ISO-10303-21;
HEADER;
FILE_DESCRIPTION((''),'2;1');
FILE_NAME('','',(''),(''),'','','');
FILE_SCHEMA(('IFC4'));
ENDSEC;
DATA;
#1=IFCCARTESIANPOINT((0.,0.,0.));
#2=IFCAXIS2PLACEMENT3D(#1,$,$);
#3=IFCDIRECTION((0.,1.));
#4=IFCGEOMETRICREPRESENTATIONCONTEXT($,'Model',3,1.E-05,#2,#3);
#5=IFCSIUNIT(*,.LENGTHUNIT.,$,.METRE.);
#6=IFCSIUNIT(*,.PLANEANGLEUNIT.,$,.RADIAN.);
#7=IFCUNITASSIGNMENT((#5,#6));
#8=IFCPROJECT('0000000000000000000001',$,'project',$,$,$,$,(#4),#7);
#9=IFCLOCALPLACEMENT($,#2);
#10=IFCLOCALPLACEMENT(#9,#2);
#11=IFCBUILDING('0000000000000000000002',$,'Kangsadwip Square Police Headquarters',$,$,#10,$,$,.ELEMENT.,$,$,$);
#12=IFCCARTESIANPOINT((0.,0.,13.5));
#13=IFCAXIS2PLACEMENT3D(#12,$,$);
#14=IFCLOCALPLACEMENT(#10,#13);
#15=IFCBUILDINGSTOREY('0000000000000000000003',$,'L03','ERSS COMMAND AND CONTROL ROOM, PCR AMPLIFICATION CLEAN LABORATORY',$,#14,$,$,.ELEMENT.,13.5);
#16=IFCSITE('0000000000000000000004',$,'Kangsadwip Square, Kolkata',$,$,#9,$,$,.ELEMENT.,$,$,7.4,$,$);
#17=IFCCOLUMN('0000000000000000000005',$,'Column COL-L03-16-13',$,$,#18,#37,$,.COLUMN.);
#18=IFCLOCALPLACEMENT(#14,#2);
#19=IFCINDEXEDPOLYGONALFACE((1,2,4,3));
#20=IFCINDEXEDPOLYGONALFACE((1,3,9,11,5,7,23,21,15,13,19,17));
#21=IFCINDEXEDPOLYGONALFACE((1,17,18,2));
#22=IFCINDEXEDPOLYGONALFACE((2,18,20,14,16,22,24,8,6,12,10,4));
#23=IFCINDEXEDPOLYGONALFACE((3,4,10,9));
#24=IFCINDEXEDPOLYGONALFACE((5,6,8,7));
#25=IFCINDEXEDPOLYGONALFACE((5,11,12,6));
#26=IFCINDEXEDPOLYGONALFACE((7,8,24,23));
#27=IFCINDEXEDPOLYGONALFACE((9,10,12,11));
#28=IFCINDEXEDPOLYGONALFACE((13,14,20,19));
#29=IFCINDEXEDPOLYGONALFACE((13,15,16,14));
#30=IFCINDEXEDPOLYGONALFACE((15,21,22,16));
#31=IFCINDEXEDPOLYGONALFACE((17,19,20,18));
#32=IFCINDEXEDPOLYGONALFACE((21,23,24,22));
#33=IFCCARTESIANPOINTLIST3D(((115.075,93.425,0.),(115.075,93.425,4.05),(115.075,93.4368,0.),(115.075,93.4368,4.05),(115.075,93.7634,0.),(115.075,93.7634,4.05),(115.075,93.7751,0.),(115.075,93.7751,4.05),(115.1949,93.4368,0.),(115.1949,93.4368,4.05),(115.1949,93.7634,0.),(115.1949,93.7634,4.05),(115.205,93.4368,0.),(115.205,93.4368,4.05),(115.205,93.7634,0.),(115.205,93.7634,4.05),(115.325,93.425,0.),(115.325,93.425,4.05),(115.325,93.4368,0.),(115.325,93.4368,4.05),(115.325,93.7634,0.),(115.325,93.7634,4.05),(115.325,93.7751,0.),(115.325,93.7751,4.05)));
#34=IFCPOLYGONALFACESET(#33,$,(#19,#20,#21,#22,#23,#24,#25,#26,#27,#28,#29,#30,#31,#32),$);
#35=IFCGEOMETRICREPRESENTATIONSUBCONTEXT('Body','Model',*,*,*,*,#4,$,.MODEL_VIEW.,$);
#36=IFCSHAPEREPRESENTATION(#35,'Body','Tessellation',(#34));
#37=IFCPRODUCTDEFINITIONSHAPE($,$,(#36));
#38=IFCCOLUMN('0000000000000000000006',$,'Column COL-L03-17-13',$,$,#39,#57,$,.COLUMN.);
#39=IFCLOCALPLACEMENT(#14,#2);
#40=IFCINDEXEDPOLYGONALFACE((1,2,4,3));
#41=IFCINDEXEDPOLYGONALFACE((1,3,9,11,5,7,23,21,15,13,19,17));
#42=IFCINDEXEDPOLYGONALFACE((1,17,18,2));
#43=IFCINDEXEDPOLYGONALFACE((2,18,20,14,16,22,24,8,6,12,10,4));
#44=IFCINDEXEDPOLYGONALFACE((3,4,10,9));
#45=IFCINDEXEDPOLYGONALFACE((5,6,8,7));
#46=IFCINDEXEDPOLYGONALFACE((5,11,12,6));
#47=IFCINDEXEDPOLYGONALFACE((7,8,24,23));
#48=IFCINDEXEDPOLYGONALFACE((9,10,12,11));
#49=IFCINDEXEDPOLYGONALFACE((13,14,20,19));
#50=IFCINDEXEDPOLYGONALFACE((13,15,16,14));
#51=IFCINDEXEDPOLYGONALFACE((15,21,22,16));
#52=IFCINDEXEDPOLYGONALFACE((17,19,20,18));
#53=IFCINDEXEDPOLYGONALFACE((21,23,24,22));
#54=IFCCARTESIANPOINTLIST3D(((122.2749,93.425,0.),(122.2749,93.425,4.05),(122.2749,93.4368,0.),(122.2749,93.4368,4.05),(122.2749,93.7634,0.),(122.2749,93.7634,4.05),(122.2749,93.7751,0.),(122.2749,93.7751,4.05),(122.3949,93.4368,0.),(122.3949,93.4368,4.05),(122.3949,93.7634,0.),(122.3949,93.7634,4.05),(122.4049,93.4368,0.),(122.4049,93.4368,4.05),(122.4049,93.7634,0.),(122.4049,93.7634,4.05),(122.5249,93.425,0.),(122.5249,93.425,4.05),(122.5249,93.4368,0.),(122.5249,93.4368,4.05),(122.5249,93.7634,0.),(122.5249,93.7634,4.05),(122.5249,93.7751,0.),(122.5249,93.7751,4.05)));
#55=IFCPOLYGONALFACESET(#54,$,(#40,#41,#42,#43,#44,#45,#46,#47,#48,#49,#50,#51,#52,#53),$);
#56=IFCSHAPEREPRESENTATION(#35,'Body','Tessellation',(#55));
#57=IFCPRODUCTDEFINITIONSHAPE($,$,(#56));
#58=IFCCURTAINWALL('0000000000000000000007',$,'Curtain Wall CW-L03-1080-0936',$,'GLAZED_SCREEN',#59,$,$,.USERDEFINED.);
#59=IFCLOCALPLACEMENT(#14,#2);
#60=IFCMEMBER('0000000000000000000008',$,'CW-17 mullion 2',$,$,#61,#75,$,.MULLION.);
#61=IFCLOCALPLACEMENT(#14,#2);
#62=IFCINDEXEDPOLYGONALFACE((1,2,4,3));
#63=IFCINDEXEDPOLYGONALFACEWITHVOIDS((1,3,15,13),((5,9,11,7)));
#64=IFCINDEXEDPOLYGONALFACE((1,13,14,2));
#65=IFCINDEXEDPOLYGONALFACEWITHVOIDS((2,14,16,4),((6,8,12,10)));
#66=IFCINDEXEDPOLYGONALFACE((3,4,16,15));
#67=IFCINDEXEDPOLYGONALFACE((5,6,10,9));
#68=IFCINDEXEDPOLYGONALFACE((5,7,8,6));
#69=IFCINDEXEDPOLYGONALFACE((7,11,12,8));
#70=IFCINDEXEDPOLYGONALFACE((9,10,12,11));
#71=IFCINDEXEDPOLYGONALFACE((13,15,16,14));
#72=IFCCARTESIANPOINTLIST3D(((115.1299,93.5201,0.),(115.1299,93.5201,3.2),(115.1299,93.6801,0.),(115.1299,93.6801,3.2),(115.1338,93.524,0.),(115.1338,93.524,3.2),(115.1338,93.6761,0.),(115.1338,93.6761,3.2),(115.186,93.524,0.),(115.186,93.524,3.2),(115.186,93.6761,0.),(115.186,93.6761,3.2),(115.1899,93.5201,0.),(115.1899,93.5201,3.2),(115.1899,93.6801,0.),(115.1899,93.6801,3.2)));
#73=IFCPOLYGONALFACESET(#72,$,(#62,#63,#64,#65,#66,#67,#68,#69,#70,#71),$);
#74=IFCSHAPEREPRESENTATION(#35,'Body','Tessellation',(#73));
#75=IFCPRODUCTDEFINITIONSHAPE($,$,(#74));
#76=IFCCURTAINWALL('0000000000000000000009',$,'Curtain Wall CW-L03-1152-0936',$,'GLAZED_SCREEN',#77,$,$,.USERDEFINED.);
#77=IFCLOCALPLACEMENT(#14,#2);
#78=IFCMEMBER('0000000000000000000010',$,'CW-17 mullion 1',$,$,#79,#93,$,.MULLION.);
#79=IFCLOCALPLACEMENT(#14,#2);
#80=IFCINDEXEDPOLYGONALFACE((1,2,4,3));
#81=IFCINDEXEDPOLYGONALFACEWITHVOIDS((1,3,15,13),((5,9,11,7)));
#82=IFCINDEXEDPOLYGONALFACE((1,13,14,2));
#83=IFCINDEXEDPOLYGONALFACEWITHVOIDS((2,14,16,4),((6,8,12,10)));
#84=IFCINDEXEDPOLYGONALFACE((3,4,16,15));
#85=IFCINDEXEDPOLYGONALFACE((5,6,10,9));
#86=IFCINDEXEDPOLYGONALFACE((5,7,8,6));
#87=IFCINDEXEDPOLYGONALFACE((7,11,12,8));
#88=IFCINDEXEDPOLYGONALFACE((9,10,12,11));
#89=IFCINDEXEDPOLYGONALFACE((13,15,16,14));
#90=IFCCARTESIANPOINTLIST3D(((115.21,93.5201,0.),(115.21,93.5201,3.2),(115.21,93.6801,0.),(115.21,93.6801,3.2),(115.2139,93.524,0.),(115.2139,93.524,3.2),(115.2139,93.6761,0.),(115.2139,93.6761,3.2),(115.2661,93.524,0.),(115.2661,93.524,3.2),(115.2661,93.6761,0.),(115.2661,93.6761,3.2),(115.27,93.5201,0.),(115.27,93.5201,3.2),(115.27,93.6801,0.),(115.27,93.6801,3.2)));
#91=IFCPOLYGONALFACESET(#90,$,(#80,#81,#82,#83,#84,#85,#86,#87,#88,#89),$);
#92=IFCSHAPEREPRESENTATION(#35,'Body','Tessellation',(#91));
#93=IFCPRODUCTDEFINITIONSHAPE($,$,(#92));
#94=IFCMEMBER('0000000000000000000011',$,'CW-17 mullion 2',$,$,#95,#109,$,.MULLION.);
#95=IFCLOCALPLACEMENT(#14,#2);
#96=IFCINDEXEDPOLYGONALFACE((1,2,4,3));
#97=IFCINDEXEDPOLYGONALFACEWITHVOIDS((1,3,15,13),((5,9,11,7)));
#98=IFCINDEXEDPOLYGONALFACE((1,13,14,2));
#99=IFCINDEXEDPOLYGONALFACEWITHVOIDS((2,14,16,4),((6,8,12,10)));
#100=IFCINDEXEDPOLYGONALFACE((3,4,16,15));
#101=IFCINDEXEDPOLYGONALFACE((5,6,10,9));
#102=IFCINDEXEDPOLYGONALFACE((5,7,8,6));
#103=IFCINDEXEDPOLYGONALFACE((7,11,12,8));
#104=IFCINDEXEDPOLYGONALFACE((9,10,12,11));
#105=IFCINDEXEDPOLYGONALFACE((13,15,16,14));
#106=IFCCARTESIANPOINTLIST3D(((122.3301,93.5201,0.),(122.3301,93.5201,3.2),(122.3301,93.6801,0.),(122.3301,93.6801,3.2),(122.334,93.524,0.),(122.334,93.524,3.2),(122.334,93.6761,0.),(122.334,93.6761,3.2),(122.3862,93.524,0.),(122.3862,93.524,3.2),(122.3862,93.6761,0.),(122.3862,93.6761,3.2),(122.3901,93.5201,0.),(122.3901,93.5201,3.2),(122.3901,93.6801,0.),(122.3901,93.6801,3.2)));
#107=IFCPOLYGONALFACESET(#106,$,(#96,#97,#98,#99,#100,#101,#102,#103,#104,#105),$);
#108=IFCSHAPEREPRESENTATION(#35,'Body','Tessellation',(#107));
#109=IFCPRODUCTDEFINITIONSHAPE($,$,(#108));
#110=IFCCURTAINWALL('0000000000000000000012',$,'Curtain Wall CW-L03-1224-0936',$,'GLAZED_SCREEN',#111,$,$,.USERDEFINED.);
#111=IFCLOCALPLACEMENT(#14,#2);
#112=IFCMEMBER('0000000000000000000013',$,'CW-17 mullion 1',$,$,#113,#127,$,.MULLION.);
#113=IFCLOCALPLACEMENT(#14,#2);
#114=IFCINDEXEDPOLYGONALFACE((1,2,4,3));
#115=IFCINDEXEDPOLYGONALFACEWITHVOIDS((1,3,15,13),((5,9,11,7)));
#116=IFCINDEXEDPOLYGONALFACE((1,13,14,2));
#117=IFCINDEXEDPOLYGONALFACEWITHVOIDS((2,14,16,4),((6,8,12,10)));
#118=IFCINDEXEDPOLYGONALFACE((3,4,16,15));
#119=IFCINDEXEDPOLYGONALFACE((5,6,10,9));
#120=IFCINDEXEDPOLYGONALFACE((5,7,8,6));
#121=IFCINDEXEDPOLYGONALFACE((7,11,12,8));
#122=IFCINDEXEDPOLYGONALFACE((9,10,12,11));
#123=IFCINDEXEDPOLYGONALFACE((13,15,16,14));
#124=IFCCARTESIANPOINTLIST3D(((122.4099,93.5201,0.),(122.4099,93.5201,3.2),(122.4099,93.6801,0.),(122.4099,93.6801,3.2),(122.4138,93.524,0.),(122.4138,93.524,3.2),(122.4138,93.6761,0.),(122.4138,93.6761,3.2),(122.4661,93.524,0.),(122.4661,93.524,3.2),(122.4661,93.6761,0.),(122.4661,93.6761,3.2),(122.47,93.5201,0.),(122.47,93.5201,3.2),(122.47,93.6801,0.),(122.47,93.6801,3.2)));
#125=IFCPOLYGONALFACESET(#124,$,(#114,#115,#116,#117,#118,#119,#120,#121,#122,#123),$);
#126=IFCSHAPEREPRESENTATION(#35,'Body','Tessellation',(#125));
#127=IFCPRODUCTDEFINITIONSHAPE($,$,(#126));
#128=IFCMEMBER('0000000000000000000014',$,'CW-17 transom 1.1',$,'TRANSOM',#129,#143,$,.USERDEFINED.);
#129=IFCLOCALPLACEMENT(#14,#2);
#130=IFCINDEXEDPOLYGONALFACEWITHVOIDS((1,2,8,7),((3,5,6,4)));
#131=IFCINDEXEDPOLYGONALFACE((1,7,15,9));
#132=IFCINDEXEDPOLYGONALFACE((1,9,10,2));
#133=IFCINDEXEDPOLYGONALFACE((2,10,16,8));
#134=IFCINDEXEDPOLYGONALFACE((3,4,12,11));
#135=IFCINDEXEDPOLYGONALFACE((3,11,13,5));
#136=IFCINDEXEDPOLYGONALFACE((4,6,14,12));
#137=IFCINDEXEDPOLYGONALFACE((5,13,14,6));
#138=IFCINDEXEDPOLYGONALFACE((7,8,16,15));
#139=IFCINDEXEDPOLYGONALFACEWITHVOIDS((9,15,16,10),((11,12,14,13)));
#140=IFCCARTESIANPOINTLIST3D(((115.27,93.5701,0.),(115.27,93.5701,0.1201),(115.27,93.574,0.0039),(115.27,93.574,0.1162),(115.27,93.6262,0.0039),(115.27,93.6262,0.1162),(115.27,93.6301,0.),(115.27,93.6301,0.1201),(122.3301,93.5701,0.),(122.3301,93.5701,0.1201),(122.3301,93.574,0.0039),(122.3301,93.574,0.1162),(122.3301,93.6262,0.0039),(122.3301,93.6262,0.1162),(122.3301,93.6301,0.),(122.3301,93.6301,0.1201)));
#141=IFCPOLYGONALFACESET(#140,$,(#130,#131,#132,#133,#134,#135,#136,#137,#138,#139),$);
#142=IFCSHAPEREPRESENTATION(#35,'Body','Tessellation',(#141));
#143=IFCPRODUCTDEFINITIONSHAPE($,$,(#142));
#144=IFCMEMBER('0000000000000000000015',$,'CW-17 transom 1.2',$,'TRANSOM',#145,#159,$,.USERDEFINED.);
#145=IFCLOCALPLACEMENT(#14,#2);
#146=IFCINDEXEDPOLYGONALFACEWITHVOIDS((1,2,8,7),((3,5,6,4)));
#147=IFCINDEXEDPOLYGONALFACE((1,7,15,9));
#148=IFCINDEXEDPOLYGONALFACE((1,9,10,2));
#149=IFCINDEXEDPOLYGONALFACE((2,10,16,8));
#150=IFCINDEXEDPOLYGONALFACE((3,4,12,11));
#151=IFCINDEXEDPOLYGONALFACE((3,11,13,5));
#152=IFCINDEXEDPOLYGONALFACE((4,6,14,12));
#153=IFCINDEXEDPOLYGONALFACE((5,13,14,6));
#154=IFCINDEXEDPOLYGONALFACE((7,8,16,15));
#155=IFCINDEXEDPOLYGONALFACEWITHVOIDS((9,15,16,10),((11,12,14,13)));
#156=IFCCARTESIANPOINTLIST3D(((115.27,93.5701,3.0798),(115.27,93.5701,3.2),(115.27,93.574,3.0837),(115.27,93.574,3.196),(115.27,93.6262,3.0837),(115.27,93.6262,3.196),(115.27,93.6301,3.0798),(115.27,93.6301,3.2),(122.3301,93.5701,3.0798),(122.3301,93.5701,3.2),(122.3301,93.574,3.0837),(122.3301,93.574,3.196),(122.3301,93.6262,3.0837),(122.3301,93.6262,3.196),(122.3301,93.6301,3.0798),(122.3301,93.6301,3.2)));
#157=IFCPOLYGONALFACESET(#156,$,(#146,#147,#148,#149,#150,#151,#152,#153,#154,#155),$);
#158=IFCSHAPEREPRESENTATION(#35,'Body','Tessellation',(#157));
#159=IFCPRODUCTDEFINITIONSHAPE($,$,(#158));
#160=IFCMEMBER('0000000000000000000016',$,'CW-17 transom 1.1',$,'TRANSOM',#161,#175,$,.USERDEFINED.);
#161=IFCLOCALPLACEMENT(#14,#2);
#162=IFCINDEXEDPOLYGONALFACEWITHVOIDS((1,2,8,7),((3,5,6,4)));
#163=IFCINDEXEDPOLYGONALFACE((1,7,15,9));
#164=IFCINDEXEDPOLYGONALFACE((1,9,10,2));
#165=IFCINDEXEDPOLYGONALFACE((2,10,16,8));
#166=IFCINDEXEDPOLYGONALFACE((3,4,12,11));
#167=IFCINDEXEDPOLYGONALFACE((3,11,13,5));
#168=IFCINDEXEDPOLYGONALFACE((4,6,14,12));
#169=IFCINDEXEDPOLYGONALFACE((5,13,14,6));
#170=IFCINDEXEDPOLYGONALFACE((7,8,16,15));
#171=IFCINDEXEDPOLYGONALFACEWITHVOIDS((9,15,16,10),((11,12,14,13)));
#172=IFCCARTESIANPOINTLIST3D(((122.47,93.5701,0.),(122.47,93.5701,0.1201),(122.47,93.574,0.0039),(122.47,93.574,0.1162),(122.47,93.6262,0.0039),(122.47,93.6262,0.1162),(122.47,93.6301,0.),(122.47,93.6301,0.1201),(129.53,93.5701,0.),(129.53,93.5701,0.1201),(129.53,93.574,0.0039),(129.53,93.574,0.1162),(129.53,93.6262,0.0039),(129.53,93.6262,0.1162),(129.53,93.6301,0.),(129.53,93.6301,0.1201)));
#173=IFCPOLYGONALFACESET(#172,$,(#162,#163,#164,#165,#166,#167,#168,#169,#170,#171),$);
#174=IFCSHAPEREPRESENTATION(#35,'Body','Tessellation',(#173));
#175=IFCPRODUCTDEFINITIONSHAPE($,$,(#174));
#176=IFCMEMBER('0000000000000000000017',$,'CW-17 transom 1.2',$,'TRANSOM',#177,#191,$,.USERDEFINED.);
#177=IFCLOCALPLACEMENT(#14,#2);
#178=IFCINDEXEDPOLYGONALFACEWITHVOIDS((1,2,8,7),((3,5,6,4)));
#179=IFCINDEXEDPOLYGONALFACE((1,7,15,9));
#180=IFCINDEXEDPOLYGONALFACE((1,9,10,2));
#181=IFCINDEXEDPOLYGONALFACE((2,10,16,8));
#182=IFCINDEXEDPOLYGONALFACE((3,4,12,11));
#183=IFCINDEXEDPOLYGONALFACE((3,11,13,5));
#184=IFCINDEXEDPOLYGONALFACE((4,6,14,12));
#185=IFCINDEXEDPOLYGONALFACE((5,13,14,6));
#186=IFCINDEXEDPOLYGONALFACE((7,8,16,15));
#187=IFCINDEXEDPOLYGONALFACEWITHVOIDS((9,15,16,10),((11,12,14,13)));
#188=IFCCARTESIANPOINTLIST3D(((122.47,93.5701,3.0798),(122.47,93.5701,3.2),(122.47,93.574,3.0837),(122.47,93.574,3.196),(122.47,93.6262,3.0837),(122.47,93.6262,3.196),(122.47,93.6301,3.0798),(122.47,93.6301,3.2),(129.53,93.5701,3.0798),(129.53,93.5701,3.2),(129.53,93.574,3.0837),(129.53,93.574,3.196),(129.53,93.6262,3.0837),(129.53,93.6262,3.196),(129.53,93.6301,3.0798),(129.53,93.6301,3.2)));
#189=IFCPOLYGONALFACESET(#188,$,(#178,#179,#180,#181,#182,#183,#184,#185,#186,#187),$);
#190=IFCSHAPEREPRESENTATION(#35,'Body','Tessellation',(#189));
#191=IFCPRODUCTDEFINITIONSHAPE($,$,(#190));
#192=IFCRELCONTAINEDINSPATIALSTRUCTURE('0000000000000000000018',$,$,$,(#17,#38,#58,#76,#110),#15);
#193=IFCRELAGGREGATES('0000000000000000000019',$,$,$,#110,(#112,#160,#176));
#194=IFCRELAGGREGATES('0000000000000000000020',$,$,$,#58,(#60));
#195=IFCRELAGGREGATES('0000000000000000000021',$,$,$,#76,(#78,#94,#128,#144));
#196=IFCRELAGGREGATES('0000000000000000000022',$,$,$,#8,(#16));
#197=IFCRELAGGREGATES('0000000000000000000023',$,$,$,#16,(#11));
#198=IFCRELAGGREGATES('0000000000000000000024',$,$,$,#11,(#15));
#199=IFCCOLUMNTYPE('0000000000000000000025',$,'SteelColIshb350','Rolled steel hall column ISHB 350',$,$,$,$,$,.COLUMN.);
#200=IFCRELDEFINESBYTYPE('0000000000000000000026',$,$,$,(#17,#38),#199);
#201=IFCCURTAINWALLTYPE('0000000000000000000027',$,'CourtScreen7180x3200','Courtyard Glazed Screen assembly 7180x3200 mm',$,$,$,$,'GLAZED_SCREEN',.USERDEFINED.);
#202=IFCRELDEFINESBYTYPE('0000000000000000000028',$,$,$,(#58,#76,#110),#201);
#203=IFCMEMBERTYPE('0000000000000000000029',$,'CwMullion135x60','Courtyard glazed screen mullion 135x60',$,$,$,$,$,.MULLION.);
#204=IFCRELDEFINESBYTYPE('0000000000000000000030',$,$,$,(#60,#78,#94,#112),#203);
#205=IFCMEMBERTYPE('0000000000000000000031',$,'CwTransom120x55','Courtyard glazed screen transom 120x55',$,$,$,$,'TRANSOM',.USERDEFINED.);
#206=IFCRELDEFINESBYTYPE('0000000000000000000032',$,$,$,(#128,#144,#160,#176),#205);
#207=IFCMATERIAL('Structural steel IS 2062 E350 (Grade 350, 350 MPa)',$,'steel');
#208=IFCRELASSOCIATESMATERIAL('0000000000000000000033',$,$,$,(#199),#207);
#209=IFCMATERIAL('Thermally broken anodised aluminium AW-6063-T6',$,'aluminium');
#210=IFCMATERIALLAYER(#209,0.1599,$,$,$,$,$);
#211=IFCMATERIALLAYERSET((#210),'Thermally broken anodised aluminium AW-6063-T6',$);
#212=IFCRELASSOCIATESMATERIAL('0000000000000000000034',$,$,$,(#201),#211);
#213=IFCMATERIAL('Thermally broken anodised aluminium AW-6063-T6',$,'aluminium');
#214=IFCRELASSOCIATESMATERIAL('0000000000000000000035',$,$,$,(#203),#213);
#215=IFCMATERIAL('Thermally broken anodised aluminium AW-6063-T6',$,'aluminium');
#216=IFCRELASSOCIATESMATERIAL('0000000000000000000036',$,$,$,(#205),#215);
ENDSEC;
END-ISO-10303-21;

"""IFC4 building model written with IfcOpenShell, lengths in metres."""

from ifc_helpers import new_model, si_unit, direction, frame, origin, origin_2d, place, context, subcontext, project, spatial, hollow_rectangle, i_section, extrude, material, layer, layer_set, material_profile, profile_set, type_object, element, aggregate, save


model = new_model("IFC4")

# Units and contexts
model_context = context("Model", 3, precision=1e-05, world=origin(), true_north=direction((0.0, 1.0)))
body_context = subcontext(model_context, "Body", "Model", "MODEL_VIEW")
ifc_project = project(units=[si_unit("LENGTHUNIT", "METRE"), si_unit("PLANEANGLEUNIT", "RADIAN")], contexts=[model_context])

# Site, building, storey
site_placement = place(None, origin())
site = spatial("IfcSite", under=ifc_project, at=site_placement, Name="Kangsadwip Square, Kolkata", CompositionType="ELEMENT", RefElevation=7.4)
building_placement = place(site_placement, origin())
building = spatial("IfcBuilding", under=site, at=building_placement, Name="Kangsadwip Square Police Headquarters", CompositionType="ELEMENT")
storey_placement = place(building_placement, frame((0.0, 0.0, 13.5)))
storey = spatial("IfcBuildingStorey", under=building, at=storey_placement, Name="L03", Description="ERSS COMMAND AND CONTROL ROOM, PCR AMPLIFICATION CLEAN LABORATORY", CompositionType="ELEMENT", Elevation=13.5)

# Columns
ifc_material_1 = material(Name="Structural steel IS 2062 E350 (Grade 350, 350 MPa)", Category="steel")
ifc_material_profile_1 = material_profile(ifc_material_1, i_section(OverallWidth=0.25, OverallDepth=0.3501, WebThickness=0.01, FlangeThickness=0.0117, at=origin_2d()), Name="ISHB 350")
ifc_profile_set_1 = profile_set([ifc_material_profile_1], Name="Structural steel IS 2062 E350 (Grade 350, 350 MPa)")
column_type = type_object("IfcColumnType", Name="SteelColIshb350", Description="Rolled steel hall column ISHB 350", PredefinedType="COLUMN", material=ifc_profile_set_1)
for number, where, z_axis, x_axis, name in (
    (1, (115.2, 93.6001, 0.0), (0.0, 0.0, 1.0), (1.0, 0.0, 0.0), "Column COL-L03-16-13"),
    (2, (122.3999, 93.6001, 0.0), (0.0, 0.0, 1.0), (1.0, 0.0, 0.0), "Column COL-L03-17-13"),
):
    element("IfcColumn", number, at=place(storey_placement, frame(where, z_axis=z_axis, x_axis=x_axis)), inside=storey, type_object=column_type, Name=name, PredefinedType="COLUMN", context=body_context, shape_type="SweptSolid", body=[
        extrude(i_section(OverallWidth=0.25, OverallDepth=0.3501, WebThickness=0.01, FlangeThickness=0.0117, at=origin_2d()), origin(), (0.0, 0.0, 1.0), 4.05),
    ])

# Curtain wall, member
ifc_material_2 = material(Name="Thermally broken anodised aluminium AW-6063-T6", Category="aluminium")
ifc_layer_1 = layer(ifc_material_2, 0.1599)
ifc_layer_set_1 = layer_set([ifc_layer_1], Name="Thermally broken anodised aluminium AW-6063-T6")
curtain_wall_type = type_object("IfcCurtainWallType", Name="CourtScreen7180x3200", Description="Courtyard Glazed Screen assembly 7180x3200 mm", ElementType="GLAZED_SCREEN", PredefinedType="USERDEFINED", material=ifc_layer_set_1)
curtain_wall_1_placement = place(storey_placement, origin())
curtain_wall_1 = element("IfcCurtainWall", 3, at=curtain_wall_1_placement, inside=storey, type_object=curtain_wall_type, Name="Curtain Wall CW-L03-1080-0936", ObjectType="GLAZED_SCREEN", PredefinedType="USERDEFINED")
ifc_material_3 = material(Name="Thermally broken anodised aluminium AW-6063-T6", Category="aluminium")
ifc_material_profile_2 = material_profile(ifc_material_3, hollow_rectangle(XDim=0.0601, YDim=0.1599, WallThickness=0.0039, at=origin_2d()), Name="CWM 160X60X4")
ifc_profile_set_2 = profile_set([ifc_material_profile_2], Name="Thermally broken anodised aluminium AW-6063-T6")
member_type_1 = type_object("IfcMemberType", Name="CwMullion135x60", Description="Courtyard glazed screen mullion 135x60", PredefinedType="MULLION", material=ifc_profile_set_2)
member_1_placement = place(storey_placement, frame((115.1599, 93.6001, 0.0), z_axis=(0.0, 0.0, 1.0), x_axis=(1.0, 0.0, 0.0)))
member_1 = element("IfcMember", 4, at=member_1_placement, type_object=member_type_1, Name="CW-17 mullion 2", PredefinedType="MULLION", context=body_context, shape_type="SweptSolid", body=[
    extrude(hollow_rectangle(XDim=0.0601, YDim=0.1599, WallThickness=0.0039, at=origin_2d()), origin(), (0.0, 0.0, 1.0), 3.2),
])

# Curtain wall, members
curtain_wall_2_placement = place(storey_placement, origin())
curtain_wall_2 = element("IfcCurtainWall", 5, at=curtain_wall_2_placement, inside=storey, type_object=curtain_wall_type, Name="Curtain Wall CW-L03-1152-0936", ObjectType="GLAZED_SCREEN", PredefinedType="USERDEFINED")
member_2_placement = place(storey_placement, frame((115.24, 93.6001, 0.0), z_axis=(0.0, 0.0, 1.0), x_axis=(1.0, 0.0, 0.0)))
member_2 = element("IfcMember", 6, at=member_2_placement, type_object=member_type_1, Name="CW-17 mullion 1", PredefinedType="MULLION", context=body_context, shape_type="SweptSolid", body=[
    extrude(hollow_rectangle(XDim=0.0601, YDim=0.1599, WallThickness=0.0039, at=origin_2d()), origin(), (0.0, 0.0, 1.0), 3.2),
])
member_3_placement = place(storey_placement, frame((122.3601, 93.6001, 0.0), z_axis=(0.0, 0.0, 1.0), x_axis=(1.0, 0.0, 0.0)))
member_3 = element("IfcMember", 7, at=member_3_placement, type_object=member_type_1, Name="CW-17 mullion 2", PredefinedType="MULLION", context=body_context, shape_type="SweptSolid", body=[
    extrude(hollow_rectangle(XDim=0.0601, YDim=0.1599, WallThickness=0.0039, at=origin_2d()), origin(), (0.0, 0.0, 1.0), 3.2),
])

# Curtain wall, member
curtain_wall_3_placement = place(storey_placement, origin())
curtain_wall_3 = element("IfcCurtainWall", 8, at=curtain_wall_3_placement, inside=storey, type_object=curtain_wall_type, Name="Curtain Wall CW-L03-1224-0936", ObjectType="GLAZED_SCREEN", PredefinedType="USERDEFINED")
member_4_placement = place(storey_placement, frame((122.4399, 93.6001, 0.0), z_axis=(0.0, 0.0, 1.0), x_axis=(1.0, 0.0, 0.0)))
member_4 = element("IfcMember", 9, at=member_4_placement, type_object=member_type_1, Name="CW-17 mullion 1", PredefinedType="MULLION", context=body_context, shape_type="SweptSolid", body=[
    extrude(hollow_rectangle(XDim=0.0601, YDim=0.1599, WallThickness=0.0039, at=origin_2d()), origin(), (0.0, 0.0, 1.0), 3.2),
])

# Members
ifc_material_4 = material(Name="Thermally broken anodised aluminium AW-6063-T6", Category="aluminium")
ifc_material_profile_3 = material_profile(ifc_material_4, hollow_rectangle(XDim=0.0601, YDim=0.1201, WallThickness=0.0039, at=origin_2d()), Name="CWT 120X60X4")
ifc_profile_set_3 = profile_set([ifc_material_profile_3], Name="Thermally broken anodised aluminium AW-6063-T6")
member_type_2 = type_object("IfcMemberType", Name="CwTransom120x55", Description="Courtyard glazed screen transom 120x55", ElementType="TRANSOM", PredefinedType="USERDEFINED", material=ifc_profile_set_3)
member_5_placement = place(storey_placement, frame((115.27, 93.6001, 0.0601), z_axis=(1.0, 0.0, 0.0), x_axis=(0.0, 1.0, 0.0)))
member_5 = element("IfcMember", 10, at=member_5_placement, type_object=member_type_2, Name="CW-17 transom 1.1", ObjectType="TRANSOM", PredefinedType="USERDEFINED", context=body_context, shape_type="SweptSolid", body=[
    extrude(hollow_rectangle(XDim=0.0601, YDim=0.1201, WallThickness=0.0039, at=origin_2d()), origin(), (0.0, 0.0, 1.0), 7.0601),
])
member_6_placement = place(storey_placement, frame((115.27, 93.6001, 3.1399), z_axis=(1.0, 0.0, 0.0), x_axis=(0.0, 1.0, 0.0)))
member_6 = element("IfcMember", 11, at=member_6_placement, type_object=member_type_2, Name="CW-17 transom 1.2", ObjectType="TRANSOM", PredefinedType="USERDEFINED", context=body_context, shape_type="SweptSolid", body=[
    extrude(hollow_rectangle(XDim=0.0601, YDim=0.1201, WallThickness=0.0039, at=origin_2d()), origin(), (0.0, 0.0, 1.0), 7.0601),
])
member_7_placement = place(storey_placement, frame((122.47, 93.6001, 0.0601), z_axis=(1.0, 0.0, 0.0), x_axis=(0.0, 1.0, 0.0)))
member_7 = element("IfcMember", 12, at=member_7_placement, type_object=member_type_2, Name="CW-17 transom 1.1", ObjectType="TRANSOM", PredefinedType="USERDEFINED", context=body_context, shape_type="SweptSolid", body=[
    extrude(hollow_rectangle(XDim=0.0601, YDim=0.1201, WallThickness=0.0039, at=origin_2d()), origin(), (0.0, 0.0, 1.0), 7.0601),
])
member_8_placement = place(storey_placement, frame((122.47, 93.6001, 3.1399), z_axis=(1.0, 0.0, 0.0), x_axis=(0.0, 1.0, 0.0)))
member_8 = element("IfcMember", 13, at=member_8_placement, type_object=member_type_2, Name="CW-17 transom 1.2", ObjectType="TRANSOM", PredefinedType="USERDEFINED", context=body_context, shape_type="SweptSolid", body=[
    extrude(hollow_rectangle(XDim=0.0601, YDim=0.1201, WallThickness=0.0039, at=origin_2d()), origin(), (0.0, 0.0, 1.0), 7.0601),
])
aggregate(curtain_wall_3, [member_4, member_7, member_8])

aggregate(curtain_wall_1, [member_1])
aggregate(curtain_wall_2, [member_2, member_3, member_5, member_6])

save(model, "model.ifc")
